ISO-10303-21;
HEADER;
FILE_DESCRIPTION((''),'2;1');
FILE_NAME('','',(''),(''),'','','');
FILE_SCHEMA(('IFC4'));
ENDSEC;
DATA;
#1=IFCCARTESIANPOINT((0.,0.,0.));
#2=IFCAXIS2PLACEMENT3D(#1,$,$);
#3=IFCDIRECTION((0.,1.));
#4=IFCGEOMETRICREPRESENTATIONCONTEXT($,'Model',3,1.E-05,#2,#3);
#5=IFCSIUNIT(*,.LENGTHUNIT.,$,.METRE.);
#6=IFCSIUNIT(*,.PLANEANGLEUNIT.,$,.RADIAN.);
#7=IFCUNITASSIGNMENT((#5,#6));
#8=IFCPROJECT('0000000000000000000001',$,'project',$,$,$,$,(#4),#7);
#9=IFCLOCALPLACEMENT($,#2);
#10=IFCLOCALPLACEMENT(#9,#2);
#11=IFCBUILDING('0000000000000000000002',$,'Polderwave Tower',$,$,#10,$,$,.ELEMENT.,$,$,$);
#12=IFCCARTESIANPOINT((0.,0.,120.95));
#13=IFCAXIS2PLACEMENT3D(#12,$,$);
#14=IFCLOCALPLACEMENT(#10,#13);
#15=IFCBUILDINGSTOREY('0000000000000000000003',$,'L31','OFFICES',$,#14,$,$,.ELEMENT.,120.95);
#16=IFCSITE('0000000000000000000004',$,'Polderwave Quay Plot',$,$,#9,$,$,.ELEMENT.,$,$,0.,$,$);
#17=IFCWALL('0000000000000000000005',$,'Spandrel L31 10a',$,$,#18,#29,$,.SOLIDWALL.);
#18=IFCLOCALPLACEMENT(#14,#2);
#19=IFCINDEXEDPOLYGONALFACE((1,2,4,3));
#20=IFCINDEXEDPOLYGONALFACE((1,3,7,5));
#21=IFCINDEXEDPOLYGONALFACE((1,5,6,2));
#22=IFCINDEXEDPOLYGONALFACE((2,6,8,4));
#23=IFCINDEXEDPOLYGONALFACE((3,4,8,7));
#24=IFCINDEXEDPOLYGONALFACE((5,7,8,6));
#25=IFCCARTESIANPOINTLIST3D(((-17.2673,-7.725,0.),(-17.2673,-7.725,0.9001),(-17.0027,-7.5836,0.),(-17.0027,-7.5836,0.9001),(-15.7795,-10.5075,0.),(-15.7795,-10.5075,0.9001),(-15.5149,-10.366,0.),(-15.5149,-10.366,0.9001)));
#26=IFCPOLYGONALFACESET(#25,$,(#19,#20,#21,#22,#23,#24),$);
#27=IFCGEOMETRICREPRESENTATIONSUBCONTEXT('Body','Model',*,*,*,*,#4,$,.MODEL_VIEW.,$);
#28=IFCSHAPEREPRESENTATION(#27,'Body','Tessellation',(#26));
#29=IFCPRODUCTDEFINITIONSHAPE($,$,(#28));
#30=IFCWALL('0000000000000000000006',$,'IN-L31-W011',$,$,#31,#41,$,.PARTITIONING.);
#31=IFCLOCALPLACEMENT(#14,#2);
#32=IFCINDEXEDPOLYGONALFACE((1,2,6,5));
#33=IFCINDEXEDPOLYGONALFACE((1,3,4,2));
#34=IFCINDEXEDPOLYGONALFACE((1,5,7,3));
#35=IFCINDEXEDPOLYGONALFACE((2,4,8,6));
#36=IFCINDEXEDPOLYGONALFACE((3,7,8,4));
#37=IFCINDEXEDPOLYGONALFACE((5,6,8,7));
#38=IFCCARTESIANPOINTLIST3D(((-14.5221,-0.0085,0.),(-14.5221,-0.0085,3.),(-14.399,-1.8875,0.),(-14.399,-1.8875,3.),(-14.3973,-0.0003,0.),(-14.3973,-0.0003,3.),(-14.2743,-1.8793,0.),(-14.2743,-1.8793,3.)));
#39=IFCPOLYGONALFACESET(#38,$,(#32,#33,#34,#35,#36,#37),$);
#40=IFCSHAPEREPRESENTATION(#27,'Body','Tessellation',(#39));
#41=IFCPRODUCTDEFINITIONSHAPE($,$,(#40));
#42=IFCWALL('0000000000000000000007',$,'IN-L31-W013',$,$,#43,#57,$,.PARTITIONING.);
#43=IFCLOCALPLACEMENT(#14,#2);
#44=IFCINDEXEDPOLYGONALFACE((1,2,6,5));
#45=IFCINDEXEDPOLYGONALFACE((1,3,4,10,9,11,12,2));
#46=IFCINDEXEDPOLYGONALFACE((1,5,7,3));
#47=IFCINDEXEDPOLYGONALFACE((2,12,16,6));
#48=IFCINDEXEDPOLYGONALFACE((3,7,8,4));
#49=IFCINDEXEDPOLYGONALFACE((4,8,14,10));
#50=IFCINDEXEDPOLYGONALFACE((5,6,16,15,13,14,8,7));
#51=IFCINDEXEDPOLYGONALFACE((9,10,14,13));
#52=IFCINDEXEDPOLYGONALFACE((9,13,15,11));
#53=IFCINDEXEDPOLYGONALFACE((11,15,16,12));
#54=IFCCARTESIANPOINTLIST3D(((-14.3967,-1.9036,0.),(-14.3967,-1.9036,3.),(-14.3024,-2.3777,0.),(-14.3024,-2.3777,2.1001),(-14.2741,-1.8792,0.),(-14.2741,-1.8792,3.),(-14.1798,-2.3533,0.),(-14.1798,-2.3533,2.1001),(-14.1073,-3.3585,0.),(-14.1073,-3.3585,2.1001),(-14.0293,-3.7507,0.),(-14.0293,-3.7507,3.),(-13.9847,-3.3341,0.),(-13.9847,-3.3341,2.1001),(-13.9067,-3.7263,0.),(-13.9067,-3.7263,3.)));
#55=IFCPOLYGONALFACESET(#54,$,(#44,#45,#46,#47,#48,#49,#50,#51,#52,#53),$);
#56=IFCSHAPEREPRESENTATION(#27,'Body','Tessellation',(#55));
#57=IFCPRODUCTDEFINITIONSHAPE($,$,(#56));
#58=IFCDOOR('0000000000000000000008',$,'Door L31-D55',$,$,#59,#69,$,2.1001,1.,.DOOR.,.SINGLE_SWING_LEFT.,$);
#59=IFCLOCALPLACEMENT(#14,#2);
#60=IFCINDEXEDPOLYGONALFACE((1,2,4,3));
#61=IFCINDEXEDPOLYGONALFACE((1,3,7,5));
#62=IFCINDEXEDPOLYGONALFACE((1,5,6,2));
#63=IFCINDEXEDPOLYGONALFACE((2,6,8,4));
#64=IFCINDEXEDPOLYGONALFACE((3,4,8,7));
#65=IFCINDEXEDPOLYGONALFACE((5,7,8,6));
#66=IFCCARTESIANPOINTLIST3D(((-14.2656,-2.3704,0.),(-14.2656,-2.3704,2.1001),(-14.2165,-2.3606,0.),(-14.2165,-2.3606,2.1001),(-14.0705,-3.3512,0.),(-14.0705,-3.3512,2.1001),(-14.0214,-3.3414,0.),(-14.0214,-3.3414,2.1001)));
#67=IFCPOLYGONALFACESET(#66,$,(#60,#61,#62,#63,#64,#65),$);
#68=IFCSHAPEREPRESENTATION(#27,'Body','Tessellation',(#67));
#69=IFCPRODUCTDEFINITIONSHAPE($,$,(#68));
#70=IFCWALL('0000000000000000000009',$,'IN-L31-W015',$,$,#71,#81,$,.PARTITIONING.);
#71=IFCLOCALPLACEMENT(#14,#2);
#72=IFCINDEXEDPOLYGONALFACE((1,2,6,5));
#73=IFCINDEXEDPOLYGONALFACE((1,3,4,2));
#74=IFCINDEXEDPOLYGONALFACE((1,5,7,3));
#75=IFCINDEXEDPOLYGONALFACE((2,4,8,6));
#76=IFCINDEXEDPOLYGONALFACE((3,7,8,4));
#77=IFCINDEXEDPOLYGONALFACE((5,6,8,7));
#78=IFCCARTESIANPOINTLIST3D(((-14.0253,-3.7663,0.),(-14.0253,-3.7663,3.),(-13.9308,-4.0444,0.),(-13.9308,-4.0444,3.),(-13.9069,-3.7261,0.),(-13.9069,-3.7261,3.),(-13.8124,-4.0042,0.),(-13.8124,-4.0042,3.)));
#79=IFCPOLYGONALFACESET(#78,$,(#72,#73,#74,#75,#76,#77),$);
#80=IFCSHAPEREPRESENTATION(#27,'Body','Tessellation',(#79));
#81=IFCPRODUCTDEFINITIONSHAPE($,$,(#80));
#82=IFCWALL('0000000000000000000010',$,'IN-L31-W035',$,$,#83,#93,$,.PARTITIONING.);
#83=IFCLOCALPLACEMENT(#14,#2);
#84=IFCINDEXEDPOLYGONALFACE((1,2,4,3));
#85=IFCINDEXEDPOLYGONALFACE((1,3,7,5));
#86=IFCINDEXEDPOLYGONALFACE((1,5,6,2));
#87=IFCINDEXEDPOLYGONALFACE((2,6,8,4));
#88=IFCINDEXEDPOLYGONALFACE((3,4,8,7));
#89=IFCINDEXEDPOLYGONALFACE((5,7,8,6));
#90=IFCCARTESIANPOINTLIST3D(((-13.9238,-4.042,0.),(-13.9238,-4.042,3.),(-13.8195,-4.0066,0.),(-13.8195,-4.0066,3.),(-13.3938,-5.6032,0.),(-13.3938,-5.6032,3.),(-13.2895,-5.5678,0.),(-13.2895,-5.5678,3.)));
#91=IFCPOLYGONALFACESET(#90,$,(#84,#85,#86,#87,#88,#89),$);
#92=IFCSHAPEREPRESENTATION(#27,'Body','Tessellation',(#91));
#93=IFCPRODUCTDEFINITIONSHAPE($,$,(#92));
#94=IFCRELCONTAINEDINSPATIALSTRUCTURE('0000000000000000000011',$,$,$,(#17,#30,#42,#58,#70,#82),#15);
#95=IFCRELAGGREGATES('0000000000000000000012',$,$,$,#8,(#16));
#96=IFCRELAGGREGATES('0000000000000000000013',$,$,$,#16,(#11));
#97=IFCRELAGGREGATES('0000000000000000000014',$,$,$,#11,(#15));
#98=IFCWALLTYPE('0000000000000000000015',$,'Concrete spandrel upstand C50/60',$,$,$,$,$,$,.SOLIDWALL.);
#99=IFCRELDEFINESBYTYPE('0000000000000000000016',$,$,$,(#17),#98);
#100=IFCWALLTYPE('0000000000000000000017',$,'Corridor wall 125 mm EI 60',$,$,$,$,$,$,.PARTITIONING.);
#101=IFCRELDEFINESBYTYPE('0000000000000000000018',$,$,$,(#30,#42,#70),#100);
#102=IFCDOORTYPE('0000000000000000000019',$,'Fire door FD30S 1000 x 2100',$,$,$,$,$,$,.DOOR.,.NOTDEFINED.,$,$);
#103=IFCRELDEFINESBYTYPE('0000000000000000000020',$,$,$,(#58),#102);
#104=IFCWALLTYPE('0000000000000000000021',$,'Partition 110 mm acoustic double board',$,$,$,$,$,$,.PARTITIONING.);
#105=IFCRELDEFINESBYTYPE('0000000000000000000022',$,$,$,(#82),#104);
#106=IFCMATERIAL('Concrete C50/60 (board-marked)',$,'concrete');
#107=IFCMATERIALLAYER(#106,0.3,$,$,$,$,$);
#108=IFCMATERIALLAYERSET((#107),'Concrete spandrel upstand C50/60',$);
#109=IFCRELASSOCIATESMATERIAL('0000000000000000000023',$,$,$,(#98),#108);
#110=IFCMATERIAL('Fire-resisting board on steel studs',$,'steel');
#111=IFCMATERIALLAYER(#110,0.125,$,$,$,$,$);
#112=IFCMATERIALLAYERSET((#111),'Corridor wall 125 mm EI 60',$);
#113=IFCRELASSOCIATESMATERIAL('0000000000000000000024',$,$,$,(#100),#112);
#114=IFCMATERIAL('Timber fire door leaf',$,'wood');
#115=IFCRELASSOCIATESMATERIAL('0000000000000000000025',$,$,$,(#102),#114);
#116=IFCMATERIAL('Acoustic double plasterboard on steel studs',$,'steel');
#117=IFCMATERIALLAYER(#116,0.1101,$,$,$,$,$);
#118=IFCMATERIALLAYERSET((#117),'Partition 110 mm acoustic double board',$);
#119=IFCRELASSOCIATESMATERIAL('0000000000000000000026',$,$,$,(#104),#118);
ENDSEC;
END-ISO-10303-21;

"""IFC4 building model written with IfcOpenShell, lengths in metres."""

from ifc_helpers import new_model, si_unit, direction, frame, frame_2d, origin, place, context, subcontext, project, spatial, rectangle, extrude, material, layer, layer_set, type_object, element, fill, save


model = new_model("IFC4")

# Units and contexts
model_context = context("Model", 3, precision=1e-05, world=origin(), true_north=direction((0.0, 1.0)))
body_context = subcontext(model_context, "Body", "Model", "MODEL_VIEW")
ifc_project = project(units=[si_unit("LENGTHUNIT", "METRE"), si_unit("PLANEANGLEUNIT", "RADIAN")], contexts=[model_context])

# Site, building, storey
site_placement = place(None, origin())
site = spatial("IfcSite", under=ifc_project, at=site_placement, Name="Polderwave Quay Plot", CompositionType="ELEMENT", RefElevation=0.0)
building_placement = place(site_placement, origin())
building = spatial("IfcBuilding", under=site, at=building_placement, Name="Polderwave Tower", CompositionType="ELEMENT")
storey_placement = place(building_placement, frame((0.0, 0.0, 120.95)))
storey = spatial("IfcBuildingStorey", under=building, at=storey_placement, Name="L31", Description="OFFICES", CompositionType="ELEMENT", Elevation=120.95)

# Walls
ifc_material_1 = material(Name="Concrete C50/60 (board-marked)", Category="concrete")
ifc_layer_1 = layer(ifc_material_1, 0.3)
ifc_layer_set_1 = layer_set([ifc_layer_1], Name="Concrete spandrel upstand C50/60")
wall_type_1 = type_object("IfcWallType", Name="Concrete spandrel upstand C50/60", PredefinedType="SOLIDWALL", material=ifc_layer_set_1)
wall_1_placement = place(storey_placement, frame((-17.135, -7.6543, 0.0), z_axis=(0.0, 0.0, 1.0), x_axis=(0.471528, -0.881851, 0.0)))
element("IfcWall", 1, at=wall_1_placement, inside=storey, type_object=wall_type_1, Name="Spandrel L31 10a", PredefinedType="SOLIDWALL", context=body_context, shape_type="SweptSolid", body=[
    extrude(rectangle(XDim=3.1553, YDim=0.3, at=frame_2d((1.5776, 0.0))), origin(), (0.0, 0.0, 1.0), 0.9001),
])
ifc_material_2 = material(Name="Fire-resisting board on steel studs", Category="steel")
ifc_layer_2 = layer(ifc_material_2, 0.125)
ifc_layer_set_2 = layer_set([ifc_layer_2], Name="Corridor wall 125 mm EI 60")
wall_type_2 = type_object("IfcWallType", Name="Corridor wall 125 mm EI 60", PredefinedType="PARTITIONING", material=ifc_layer_set_2)
wall_2_placement = place(storey_placement, frame((-14.3367, -1.8833, 0.0), z_axis=(0.0, 0.0, 1.0), x_axis=(-0.06534, 0.997863, 0.0)))
element("IfcWall", 2, at=wall_2_placement, inside=storey, type_object=wall_type_2, Name="IN-L31-W011", PredefinedType="PARTITIONING", context=body_context, shape_type="SweptSolid", body=[
    extrude(rectangle(XDim=1.8831, YDim=0.125, at=frame_2d((0.9414, 0.0))), origin(), (0.0, 0.0, 1.0), 3.0),
])

# Wall, opening, door
wall_3_placement = place(storey_placement, frame((-13.968, -3.7385, 0.0), z_axis=(0.0, 0.0, 1.0), x_axis=(-0.195094, 0.980785, 0.0)))
wall_3 = element("IfcWall", 3, at=wall_3_placement, inside=storey, type_object=wall_type_2, Name="IN-L31-W013", PredefinedType="PARTITIONING", context=body_context, shape_type="SweptSolid", body=[
    extrude(rectangle(XDim=1.8833, YDim=0.125, at=frame_2d((0.9417, 0.0))), origin(), (0.0, 0.0, 1.0), 3.0),
])
opening_placement = place(wall_3_placement, frame((0.3999, 0.0, 0.0)))
opening = element("IfcOpeningElement", 4, at=opening_placement, cuts=wall_3, PredefinedType="OPENING", context=body_context, shape_type="SweptSolid", body=[
    extrude(rectangle(XDim=1.0, YDim=2.1001, at=frame_2d((0.5, 1.05))), frame((0.0, 0.0725, 0.0), z_axis=(0.0, -1.0, 0.0), x_axis=(1.0, 0.0, 0.0)), (0.0, 0.0, 1.0), 0.145),
])
ifc_material_3 = material(Name="Timber fire door leaf", Category="wood")
door_type = type_object("IfcDoorType", Name="Fire door FD30S 1000 x 2100", OperationType="NOTDEFINED", PredefinedType="DOOR", material=ifc_material_3)
door_placement = place(opening_placement, origin())
door = element("IfcDoor", 5, at=door_placement, inside=storey, type_object=door_type, Name="Door L31-D55", OperationType="SINGLE_SWING_LEFT", OverallHeight=2.1001, OverallWidth=1.0, PredefinedType="DOOR", context=body_context, shape_type="SweptSolid", body=[
    extrude(rectangle(XDim=1.0, YDim=2.1001, at=frame_2d((0.5, 1.05))), frame((0.0, 0.0249, 0.0), z_axis=(0.0, -1.0, 0.0), x_axis=(1.0, 0.0, 0.0)), (0.0, 0.0, 1.0), 0.05),
])
fill(opening, door)

# Walls
wall_4_placement = place(storey_placement, frame((-13.8716, -4.0244, 0.0), z_axis=(0.0, 0.0, 1.0), x_axis=(-0.321709, 0.946839, 0.0)))
element("IfcWall", 6, at=wall_4_placement, inside=storey, type_object=wall_type_2, Name="IN-L31-W015", PredefinedType="PARTITIONING", context=body_context, shape_type="SweptSolid", body=[
    extrude(rectangle(XDim=0.2937, YDim=0.125, at=frame_2d((0.147, 0.0))), origin(), (0.0, 0.0, 1.0), 3.0),
])
ifc_material_4 = material(Name="Acoustic double plasterboard on steel studs", Category="steel")
ifc_layer_3 = layer(ifc_material_4, 0.1101)
ifc_layer_set_3 = layer_set([ifc_layer_3], Name="Partition 110 mm acoustic double board")
wall_type_3 = type_object("IfcWallType", Name="Partition 110 mm acoustic double board", PredefinedType="PARTITIONING", material=ifc_layer_set_3)
wall_5_placement = place(storey_placement, frame((-13.8716, -4.0244, 0.0), z_axis=(0.0, 0.0, 1.0), x_axis=(0.321465, -0.946922, 0.0)))
element("IfcWall", 7, at=wall_5_placement, inside=storey, type_object=wall_type_3, Name="IN-L31-W035", PredefinedType="PARTITIONING", context=body_context, shape_type="SweptSolid", body=[
    extrude(rectangle(XDim=1.6487, YDim=0.1101, at=frame_2d((0.8242, 0.0))), origin(), (0.0, 0.0, 1.0), 3.0),
])

save(model, "model.ifc")
